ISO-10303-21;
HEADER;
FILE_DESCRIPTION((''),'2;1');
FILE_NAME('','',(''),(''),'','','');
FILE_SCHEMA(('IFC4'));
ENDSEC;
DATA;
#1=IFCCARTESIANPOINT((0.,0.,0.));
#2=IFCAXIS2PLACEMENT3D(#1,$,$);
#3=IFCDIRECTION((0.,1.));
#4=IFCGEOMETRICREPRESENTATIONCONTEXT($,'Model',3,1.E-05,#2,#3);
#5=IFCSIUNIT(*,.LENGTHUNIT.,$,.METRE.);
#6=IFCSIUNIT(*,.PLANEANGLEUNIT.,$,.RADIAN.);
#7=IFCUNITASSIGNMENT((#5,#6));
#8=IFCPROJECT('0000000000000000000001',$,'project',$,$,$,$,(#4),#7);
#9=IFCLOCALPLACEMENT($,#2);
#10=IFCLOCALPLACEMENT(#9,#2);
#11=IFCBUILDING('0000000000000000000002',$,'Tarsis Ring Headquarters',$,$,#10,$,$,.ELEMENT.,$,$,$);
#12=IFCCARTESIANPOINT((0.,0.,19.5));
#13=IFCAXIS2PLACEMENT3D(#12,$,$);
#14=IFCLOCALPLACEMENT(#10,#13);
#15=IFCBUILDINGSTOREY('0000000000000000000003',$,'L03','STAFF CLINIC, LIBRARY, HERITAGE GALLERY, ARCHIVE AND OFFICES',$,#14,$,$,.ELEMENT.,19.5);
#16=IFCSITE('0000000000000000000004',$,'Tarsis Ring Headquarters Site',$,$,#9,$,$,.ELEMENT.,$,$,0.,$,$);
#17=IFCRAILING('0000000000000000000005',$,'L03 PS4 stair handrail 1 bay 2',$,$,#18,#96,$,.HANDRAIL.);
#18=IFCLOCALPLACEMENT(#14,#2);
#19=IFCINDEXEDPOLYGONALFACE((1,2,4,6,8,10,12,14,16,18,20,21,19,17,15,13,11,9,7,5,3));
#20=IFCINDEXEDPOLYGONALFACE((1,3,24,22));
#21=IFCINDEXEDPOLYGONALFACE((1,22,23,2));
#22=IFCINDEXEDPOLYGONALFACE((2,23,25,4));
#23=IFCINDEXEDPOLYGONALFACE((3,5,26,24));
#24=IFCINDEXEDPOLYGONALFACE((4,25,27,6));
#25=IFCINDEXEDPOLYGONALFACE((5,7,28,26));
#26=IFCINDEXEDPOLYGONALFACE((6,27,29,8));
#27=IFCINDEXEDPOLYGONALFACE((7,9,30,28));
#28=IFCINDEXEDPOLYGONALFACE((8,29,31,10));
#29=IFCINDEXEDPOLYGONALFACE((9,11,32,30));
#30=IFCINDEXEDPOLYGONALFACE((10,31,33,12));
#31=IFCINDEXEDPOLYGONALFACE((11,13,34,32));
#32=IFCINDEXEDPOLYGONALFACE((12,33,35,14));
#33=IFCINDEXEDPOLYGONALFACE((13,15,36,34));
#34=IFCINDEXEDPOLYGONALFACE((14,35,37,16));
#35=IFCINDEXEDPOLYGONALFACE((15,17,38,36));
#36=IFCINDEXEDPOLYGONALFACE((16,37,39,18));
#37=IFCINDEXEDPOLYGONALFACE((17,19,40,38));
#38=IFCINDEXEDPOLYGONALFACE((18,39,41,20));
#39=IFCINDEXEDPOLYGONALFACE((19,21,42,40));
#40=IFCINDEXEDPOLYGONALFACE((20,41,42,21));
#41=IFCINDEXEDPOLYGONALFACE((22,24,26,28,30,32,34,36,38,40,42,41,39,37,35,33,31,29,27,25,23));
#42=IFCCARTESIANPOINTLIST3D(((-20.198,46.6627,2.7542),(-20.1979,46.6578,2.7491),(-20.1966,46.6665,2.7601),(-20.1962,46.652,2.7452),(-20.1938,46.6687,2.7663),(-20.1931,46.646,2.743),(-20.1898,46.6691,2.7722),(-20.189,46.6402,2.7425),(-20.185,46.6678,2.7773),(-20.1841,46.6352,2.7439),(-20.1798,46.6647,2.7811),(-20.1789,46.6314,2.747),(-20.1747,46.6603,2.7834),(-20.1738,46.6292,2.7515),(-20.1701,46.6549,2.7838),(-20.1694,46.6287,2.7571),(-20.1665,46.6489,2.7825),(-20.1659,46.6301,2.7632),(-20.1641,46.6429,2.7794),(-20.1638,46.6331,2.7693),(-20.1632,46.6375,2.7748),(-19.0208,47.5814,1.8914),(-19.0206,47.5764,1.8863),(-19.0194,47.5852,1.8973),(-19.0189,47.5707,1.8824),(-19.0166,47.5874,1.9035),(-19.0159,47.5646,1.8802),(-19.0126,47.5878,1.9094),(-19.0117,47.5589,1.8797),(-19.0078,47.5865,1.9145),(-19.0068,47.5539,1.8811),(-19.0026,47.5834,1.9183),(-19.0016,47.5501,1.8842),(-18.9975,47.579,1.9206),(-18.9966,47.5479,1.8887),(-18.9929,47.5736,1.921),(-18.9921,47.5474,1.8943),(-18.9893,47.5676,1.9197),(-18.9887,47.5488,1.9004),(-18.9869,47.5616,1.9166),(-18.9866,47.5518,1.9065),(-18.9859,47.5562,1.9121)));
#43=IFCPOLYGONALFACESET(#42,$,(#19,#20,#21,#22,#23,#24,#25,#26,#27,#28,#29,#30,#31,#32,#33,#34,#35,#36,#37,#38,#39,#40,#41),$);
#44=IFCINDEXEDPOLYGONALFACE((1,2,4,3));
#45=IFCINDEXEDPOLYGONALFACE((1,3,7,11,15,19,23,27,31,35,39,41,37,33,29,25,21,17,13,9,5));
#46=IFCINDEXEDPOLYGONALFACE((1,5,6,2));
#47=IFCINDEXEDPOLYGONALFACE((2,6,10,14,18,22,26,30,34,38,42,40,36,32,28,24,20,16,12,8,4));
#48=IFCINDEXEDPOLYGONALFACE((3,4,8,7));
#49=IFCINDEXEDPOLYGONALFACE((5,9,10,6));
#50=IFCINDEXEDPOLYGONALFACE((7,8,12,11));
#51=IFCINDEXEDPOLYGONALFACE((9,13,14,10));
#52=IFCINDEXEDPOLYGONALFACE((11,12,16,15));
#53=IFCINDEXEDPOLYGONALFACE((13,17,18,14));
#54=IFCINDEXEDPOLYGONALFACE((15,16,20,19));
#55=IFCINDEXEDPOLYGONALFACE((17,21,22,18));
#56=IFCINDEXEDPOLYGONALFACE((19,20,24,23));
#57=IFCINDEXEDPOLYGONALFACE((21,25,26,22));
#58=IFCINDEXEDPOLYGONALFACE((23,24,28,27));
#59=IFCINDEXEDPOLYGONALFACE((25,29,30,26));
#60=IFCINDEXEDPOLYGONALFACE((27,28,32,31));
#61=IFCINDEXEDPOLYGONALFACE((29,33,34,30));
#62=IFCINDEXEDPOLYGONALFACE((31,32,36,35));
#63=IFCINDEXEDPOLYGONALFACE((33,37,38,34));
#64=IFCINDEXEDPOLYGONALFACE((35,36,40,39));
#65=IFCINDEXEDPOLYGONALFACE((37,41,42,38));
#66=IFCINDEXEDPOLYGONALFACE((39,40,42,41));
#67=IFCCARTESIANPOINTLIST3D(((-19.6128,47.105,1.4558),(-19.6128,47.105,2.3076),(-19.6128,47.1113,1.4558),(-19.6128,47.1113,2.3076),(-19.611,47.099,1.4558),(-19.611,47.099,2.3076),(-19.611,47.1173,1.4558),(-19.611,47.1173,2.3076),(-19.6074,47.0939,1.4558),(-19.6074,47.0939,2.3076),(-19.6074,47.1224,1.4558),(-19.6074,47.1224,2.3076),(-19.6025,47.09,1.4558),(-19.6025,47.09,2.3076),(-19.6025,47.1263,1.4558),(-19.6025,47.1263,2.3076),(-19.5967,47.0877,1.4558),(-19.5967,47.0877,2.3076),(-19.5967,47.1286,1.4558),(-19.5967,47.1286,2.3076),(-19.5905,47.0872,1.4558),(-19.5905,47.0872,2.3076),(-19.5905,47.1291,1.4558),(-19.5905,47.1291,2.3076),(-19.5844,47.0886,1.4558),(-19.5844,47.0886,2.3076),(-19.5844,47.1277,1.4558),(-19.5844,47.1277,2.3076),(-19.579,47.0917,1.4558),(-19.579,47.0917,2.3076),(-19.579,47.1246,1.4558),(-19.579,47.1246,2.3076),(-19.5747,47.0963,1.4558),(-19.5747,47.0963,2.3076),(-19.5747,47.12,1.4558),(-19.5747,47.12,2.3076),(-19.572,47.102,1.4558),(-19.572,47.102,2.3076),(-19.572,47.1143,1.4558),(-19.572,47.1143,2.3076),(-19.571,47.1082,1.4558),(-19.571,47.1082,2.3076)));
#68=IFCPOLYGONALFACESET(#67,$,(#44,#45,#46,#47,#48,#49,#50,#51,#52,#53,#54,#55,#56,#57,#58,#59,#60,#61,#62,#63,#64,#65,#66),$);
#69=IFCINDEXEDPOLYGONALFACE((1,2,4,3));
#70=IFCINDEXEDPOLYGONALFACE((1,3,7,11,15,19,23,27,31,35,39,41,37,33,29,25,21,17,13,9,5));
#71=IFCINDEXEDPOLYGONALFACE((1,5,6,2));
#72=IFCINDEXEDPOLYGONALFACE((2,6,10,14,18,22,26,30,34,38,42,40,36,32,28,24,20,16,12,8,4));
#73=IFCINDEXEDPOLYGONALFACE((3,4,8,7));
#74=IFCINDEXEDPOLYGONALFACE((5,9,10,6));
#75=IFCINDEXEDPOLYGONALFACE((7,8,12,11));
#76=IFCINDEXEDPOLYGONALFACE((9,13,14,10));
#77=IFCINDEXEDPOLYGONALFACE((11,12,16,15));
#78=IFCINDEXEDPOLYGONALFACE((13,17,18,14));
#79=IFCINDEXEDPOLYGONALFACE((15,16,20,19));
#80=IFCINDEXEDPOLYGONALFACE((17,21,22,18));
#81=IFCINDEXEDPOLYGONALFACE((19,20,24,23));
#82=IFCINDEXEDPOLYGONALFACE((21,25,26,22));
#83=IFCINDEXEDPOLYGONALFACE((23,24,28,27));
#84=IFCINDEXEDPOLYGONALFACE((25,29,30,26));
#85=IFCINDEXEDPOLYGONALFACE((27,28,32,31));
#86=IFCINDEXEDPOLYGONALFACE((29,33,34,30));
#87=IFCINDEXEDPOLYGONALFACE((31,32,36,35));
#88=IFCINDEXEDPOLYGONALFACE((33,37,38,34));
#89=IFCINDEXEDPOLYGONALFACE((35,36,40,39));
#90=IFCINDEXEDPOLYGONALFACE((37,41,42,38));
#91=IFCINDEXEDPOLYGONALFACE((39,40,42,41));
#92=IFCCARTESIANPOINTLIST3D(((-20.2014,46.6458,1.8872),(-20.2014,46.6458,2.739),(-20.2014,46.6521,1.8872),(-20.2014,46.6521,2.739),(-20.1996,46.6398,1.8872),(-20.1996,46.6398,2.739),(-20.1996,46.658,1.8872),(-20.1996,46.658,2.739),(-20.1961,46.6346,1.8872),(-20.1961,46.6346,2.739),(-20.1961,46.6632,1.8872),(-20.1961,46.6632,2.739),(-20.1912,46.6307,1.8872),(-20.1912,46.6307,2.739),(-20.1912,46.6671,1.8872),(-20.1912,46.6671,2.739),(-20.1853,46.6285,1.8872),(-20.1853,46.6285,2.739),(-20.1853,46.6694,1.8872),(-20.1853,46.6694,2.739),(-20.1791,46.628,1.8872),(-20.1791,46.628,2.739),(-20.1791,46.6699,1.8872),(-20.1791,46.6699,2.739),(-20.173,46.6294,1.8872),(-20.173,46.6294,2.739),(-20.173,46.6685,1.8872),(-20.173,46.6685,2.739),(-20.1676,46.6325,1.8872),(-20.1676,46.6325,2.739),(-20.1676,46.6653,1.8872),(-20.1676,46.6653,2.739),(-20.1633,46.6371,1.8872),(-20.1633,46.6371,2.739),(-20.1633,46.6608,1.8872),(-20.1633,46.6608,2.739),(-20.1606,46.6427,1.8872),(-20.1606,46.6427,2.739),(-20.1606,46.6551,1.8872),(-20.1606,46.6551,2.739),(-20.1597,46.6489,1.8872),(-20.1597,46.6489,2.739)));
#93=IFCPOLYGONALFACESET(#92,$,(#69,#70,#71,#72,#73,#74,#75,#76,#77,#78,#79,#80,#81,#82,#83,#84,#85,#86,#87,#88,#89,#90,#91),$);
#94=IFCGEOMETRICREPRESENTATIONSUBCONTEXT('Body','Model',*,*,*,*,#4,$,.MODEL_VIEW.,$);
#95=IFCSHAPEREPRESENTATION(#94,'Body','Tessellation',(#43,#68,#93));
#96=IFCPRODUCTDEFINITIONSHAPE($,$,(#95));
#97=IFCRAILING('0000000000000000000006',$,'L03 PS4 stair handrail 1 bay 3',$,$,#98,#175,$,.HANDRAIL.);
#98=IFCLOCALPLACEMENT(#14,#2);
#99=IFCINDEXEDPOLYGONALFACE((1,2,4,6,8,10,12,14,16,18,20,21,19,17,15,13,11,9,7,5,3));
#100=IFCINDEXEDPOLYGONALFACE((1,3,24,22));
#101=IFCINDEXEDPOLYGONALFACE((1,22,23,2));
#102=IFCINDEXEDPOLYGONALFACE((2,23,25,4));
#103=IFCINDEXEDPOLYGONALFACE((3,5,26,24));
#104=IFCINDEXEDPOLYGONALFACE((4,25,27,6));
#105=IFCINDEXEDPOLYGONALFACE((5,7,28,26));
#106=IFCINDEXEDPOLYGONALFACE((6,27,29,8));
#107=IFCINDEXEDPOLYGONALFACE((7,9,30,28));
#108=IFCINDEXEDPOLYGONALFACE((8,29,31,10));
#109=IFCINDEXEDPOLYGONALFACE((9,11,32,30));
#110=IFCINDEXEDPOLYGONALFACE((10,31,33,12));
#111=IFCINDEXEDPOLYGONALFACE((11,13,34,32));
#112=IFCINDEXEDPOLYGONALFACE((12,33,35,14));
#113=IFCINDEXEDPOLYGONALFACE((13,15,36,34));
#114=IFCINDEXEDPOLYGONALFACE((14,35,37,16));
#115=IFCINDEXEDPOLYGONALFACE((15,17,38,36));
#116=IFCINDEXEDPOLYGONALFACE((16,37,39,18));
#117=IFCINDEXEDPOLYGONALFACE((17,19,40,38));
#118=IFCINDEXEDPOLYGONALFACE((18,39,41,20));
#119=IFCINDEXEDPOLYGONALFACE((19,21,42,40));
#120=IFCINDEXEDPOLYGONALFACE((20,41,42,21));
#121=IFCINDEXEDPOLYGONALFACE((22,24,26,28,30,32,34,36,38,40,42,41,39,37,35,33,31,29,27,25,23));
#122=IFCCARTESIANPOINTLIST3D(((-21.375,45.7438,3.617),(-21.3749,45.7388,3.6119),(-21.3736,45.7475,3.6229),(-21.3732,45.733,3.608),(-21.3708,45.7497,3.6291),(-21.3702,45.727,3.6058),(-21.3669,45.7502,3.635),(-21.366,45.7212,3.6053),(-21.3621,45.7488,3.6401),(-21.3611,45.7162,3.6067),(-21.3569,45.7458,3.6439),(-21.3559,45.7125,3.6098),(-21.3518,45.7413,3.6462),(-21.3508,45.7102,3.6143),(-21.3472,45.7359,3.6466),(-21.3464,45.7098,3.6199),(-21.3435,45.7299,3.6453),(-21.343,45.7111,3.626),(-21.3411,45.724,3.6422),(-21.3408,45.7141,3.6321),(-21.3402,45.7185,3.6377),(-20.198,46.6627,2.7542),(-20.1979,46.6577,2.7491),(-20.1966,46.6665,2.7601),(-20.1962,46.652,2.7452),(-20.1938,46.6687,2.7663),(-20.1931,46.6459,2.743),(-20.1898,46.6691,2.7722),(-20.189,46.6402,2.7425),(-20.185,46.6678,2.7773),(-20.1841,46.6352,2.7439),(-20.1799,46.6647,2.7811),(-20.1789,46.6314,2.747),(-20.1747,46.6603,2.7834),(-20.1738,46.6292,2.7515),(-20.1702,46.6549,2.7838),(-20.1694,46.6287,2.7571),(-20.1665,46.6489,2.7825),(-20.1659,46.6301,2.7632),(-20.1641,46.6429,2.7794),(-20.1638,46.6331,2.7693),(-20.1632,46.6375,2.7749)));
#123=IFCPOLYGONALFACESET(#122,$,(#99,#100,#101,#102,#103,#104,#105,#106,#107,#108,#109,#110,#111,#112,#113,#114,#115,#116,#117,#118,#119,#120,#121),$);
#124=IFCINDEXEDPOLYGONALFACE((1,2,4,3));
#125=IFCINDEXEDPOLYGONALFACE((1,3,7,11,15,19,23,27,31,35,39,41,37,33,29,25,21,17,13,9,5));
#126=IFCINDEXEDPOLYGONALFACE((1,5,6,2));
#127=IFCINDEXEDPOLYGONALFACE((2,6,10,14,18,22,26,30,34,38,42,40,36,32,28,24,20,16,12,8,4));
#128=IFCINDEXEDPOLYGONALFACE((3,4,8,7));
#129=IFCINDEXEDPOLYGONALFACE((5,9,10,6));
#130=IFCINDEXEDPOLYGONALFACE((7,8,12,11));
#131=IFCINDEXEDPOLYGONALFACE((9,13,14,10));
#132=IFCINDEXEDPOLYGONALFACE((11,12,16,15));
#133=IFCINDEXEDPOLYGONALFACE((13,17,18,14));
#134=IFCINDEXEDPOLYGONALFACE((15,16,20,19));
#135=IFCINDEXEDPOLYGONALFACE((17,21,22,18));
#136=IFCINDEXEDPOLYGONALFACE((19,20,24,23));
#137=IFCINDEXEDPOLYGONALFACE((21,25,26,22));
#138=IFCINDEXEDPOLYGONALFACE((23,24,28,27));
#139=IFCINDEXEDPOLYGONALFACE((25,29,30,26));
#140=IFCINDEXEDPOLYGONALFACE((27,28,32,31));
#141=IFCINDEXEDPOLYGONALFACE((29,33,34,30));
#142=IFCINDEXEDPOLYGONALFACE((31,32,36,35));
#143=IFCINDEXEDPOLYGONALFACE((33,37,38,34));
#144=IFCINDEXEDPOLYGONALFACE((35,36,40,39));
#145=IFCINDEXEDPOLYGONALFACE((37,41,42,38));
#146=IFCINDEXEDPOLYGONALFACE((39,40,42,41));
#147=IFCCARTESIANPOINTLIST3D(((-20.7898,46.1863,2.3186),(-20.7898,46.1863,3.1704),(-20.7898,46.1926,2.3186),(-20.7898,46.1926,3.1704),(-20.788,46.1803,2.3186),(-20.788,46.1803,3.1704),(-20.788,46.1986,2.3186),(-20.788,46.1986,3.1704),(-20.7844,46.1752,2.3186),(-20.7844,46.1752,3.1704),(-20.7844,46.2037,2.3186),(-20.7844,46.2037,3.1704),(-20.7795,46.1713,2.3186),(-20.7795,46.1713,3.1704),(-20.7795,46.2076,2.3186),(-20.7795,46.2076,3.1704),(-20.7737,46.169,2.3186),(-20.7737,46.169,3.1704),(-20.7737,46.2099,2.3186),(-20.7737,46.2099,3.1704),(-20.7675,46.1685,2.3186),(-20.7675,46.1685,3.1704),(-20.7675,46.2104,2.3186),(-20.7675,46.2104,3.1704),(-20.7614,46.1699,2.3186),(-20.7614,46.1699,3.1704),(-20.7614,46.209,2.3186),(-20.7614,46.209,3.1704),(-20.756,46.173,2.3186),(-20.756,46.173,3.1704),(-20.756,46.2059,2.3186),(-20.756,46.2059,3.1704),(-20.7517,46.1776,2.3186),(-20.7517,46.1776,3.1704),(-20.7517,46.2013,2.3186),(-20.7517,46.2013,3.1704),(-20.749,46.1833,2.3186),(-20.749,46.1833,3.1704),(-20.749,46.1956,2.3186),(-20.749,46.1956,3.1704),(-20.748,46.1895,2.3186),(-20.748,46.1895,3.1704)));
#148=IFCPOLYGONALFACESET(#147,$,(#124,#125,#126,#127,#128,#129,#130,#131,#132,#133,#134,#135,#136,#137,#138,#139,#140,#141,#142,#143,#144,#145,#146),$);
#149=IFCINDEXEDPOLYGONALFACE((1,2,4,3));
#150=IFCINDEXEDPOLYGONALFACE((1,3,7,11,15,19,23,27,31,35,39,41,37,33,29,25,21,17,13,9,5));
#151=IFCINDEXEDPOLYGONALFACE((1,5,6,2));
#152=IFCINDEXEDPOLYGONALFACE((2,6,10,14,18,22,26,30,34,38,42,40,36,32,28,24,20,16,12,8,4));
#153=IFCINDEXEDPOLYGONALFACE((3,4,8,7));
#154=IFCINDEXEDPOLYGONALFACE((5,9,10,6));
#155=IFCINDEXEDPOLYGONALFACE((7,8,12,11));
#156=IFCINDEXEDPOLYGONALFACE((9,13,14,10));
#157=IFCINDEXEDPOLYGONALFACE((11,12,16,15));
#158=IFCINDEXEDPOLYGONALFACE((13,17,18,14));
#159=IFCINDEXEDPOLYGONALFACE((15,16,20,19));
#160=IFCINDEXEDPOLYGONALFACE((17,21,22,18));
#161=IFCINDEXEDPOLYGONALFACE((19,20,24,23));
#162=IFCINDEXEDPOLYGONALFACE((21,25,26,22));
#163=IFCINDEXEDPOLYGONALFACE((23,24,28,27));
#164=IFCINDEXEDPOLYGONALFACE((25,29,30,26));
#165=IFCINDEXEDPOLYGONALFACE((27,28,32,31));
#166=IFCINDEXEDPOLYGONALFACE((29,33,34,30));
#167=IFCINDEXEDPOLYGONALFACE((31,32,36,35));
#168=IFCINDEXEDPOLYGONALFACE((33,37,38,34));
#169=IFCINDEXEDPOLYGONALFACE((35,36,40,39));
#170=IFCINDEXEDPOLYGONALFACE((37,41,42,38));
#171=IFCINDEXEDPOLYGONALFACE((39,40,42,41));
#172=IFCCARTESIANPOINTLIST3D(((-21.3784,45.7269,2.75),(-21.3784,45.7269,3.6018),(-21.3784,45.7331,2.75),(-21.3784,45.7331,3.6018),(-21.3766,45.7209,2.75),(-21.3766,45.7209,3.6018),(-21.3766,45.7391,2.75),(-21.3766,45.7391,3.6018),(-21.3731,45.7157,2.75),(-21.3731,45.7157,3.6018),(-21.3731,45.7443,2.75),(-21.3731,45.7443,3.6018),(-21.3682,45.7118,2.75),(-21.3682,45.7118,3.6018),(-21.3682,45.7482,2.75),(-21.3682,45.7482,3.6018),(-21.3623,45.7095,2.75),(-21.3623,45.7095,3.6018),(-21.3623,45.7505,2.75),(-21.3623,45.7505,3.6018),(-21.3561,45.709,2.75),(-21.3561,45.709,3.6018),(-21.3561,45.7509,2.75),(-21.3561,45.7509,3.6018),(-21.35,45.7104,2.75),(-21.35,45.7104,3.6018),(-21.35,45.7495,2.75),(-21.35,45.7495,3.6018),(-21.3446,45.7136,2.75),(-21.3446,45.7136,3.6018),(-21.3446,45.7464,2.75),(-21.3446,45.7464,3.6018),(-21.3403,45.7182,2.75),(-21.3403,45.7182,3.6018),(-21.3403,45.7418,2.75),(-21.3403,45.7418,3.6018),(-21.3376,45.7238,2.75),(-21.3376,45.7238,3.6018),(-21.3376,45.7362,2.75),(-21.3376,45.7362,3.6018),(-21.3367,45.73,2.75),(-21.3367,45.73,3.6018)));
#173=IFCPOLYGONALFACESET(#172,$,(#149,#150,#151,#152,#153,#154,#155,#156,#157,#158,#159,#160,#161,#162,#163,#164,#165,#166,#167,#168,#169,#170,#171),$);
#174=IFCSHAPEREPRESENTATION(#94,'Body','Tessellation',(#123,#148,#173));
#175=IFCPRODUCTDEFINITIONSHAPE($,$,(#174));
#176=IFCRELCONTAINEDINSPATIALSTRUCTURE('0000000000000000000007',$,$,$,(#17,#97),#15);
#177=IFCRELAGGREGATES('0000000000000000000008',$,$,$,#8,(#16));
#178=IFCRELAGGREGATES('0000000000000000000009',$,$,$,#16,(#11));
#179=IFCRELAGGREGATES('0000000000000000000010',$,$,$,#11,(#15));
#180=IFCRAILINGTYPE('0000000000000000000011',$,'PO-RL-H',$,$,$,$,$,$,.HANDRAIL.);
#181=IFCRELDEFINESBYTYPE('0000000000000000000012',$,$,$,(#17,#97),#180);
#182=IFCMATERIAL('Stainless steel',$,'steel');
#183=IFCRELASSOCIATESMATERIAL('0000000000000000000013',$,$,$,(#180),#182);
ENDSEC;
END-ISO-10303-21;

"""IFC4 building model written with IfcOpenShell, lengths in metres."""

from ifc_helpers import new_model, si_unit, direction, frame, origin, origin_2d, place, context, subcontext, project, spatial, circle, extrude, material, type_object, element, save


model = new_model("IFC4")

# Units and contexts
model_context = context("Model", 3, precision=1e-05, world=origin(), true_north=direction((0.0, 1.0)))
body_context = subcontext(model_context, "Body", "Model", "MODEL_VIEW")
ifc_project = project(units=[si_unit("LENGTHUNIT", "METRE"), si_unit("PLANEANGLEUNIT", "RADIAN")], contexts=[model_context])

# Site, building, storey
site_placement = place(None, origin())
site = spatial("IfcSite", under=ifc_project, at=site_placement, Name="Tarsis Ring Headquarters Site", CompositionType="ELEMENT", RefElevation=0.0)
building_placement = place(site_placement, origin())
building = spatial("IfcBuilding", under=site, at=building_placement, Name="Tarsis Ring Headquarters", CompositionType="ELEMENT")
storey_placement = place(building_placement, frame((0.0, 0.0, 19.5)))
storey = spatial("IfcBuildingStorey", under=building, at=storey_placement, Name="L03", Description="STAFF CLINIC, LIBRARY, HERITAGE GALLERY, ARCHIVE AND OFFICES", CompositionType="ELEMENT", Elevation=19.5)

# Railings
ifc_material_1 = material(Name="Stainless steel", Category="steel")
railing_type_1 = type_object("IfcRailingType", Name="PO-RL-H", PredefinedType="HANDRAIL", material=ifc_material_1)
railing_1_placement = place(storey_placement, frame((-19.0034, 47.5676, 1.0244)))
element("IfcRailing", 1, at=railing_1_placement, inside=storey, type_object=railing_type_1, Name="L03 PS4 stair handrail 1 bay 2", PredefinedType="HANDRAIL", context=body_context, shape_type="SweptSolid", body=[
    extrude(circle(Radius=0.0239, at=origin_2d()), frame((0.0, 0.0, 0.876), z_axis=(-0.68261, -0.532696, 0.500279), x_axis=(0.615219, -0.788356, 0.0)), (0.0, 0.0, 1.0), 1.7246),
    extrude(circle(Radius=0.021, at=origin_2d()), frame((-0.5886, -0.4595, 0.4314)), (0.0, 0.0, 1.0), 0.8518),
    extrude(circle(Radius=0.021, at=origin_2d()), frame((-1.1772, -0.9187, 0.8628)), (0.0, 0.0, 1.0), 0.8518),
])
railing_2_placement = place(storey_placement, frame((-20.1807, 46.6489, 1.8872)))
element("IfcRailing", 2, at=railing_2_placement, inside=storey, type_object=railing_type_1, Name="L03 PS4 stair handrail 1 bay 3", PredefinedType="HANDRAIL", context=body_context, shape_type="SweptSolid", body=[
    extrude(circle(Radius=0.0239, at=origin_2d()), frame((0.0, 0.0, 0.876), z_axis=(-0.682483, -0.532849, 0.500289), x_axis=(0.6154, -0.788215, 0.0)), (0.0, 0.0, 1.0), 1.7246),
    extrude(circle(Radius=0.021, at=origin_2d()), frame((-0.5884, -0.4595, 0.4314)), (0.0, 0.0, 1.0), 0.8518),
    extrude(circle(Radius=0.021, at=origin_2d()), frame((-1.177, -0.9189, 0.8628)), (0.0, 0.0, 1.0), 0.8518),
])

save(model, "model.ifc")
